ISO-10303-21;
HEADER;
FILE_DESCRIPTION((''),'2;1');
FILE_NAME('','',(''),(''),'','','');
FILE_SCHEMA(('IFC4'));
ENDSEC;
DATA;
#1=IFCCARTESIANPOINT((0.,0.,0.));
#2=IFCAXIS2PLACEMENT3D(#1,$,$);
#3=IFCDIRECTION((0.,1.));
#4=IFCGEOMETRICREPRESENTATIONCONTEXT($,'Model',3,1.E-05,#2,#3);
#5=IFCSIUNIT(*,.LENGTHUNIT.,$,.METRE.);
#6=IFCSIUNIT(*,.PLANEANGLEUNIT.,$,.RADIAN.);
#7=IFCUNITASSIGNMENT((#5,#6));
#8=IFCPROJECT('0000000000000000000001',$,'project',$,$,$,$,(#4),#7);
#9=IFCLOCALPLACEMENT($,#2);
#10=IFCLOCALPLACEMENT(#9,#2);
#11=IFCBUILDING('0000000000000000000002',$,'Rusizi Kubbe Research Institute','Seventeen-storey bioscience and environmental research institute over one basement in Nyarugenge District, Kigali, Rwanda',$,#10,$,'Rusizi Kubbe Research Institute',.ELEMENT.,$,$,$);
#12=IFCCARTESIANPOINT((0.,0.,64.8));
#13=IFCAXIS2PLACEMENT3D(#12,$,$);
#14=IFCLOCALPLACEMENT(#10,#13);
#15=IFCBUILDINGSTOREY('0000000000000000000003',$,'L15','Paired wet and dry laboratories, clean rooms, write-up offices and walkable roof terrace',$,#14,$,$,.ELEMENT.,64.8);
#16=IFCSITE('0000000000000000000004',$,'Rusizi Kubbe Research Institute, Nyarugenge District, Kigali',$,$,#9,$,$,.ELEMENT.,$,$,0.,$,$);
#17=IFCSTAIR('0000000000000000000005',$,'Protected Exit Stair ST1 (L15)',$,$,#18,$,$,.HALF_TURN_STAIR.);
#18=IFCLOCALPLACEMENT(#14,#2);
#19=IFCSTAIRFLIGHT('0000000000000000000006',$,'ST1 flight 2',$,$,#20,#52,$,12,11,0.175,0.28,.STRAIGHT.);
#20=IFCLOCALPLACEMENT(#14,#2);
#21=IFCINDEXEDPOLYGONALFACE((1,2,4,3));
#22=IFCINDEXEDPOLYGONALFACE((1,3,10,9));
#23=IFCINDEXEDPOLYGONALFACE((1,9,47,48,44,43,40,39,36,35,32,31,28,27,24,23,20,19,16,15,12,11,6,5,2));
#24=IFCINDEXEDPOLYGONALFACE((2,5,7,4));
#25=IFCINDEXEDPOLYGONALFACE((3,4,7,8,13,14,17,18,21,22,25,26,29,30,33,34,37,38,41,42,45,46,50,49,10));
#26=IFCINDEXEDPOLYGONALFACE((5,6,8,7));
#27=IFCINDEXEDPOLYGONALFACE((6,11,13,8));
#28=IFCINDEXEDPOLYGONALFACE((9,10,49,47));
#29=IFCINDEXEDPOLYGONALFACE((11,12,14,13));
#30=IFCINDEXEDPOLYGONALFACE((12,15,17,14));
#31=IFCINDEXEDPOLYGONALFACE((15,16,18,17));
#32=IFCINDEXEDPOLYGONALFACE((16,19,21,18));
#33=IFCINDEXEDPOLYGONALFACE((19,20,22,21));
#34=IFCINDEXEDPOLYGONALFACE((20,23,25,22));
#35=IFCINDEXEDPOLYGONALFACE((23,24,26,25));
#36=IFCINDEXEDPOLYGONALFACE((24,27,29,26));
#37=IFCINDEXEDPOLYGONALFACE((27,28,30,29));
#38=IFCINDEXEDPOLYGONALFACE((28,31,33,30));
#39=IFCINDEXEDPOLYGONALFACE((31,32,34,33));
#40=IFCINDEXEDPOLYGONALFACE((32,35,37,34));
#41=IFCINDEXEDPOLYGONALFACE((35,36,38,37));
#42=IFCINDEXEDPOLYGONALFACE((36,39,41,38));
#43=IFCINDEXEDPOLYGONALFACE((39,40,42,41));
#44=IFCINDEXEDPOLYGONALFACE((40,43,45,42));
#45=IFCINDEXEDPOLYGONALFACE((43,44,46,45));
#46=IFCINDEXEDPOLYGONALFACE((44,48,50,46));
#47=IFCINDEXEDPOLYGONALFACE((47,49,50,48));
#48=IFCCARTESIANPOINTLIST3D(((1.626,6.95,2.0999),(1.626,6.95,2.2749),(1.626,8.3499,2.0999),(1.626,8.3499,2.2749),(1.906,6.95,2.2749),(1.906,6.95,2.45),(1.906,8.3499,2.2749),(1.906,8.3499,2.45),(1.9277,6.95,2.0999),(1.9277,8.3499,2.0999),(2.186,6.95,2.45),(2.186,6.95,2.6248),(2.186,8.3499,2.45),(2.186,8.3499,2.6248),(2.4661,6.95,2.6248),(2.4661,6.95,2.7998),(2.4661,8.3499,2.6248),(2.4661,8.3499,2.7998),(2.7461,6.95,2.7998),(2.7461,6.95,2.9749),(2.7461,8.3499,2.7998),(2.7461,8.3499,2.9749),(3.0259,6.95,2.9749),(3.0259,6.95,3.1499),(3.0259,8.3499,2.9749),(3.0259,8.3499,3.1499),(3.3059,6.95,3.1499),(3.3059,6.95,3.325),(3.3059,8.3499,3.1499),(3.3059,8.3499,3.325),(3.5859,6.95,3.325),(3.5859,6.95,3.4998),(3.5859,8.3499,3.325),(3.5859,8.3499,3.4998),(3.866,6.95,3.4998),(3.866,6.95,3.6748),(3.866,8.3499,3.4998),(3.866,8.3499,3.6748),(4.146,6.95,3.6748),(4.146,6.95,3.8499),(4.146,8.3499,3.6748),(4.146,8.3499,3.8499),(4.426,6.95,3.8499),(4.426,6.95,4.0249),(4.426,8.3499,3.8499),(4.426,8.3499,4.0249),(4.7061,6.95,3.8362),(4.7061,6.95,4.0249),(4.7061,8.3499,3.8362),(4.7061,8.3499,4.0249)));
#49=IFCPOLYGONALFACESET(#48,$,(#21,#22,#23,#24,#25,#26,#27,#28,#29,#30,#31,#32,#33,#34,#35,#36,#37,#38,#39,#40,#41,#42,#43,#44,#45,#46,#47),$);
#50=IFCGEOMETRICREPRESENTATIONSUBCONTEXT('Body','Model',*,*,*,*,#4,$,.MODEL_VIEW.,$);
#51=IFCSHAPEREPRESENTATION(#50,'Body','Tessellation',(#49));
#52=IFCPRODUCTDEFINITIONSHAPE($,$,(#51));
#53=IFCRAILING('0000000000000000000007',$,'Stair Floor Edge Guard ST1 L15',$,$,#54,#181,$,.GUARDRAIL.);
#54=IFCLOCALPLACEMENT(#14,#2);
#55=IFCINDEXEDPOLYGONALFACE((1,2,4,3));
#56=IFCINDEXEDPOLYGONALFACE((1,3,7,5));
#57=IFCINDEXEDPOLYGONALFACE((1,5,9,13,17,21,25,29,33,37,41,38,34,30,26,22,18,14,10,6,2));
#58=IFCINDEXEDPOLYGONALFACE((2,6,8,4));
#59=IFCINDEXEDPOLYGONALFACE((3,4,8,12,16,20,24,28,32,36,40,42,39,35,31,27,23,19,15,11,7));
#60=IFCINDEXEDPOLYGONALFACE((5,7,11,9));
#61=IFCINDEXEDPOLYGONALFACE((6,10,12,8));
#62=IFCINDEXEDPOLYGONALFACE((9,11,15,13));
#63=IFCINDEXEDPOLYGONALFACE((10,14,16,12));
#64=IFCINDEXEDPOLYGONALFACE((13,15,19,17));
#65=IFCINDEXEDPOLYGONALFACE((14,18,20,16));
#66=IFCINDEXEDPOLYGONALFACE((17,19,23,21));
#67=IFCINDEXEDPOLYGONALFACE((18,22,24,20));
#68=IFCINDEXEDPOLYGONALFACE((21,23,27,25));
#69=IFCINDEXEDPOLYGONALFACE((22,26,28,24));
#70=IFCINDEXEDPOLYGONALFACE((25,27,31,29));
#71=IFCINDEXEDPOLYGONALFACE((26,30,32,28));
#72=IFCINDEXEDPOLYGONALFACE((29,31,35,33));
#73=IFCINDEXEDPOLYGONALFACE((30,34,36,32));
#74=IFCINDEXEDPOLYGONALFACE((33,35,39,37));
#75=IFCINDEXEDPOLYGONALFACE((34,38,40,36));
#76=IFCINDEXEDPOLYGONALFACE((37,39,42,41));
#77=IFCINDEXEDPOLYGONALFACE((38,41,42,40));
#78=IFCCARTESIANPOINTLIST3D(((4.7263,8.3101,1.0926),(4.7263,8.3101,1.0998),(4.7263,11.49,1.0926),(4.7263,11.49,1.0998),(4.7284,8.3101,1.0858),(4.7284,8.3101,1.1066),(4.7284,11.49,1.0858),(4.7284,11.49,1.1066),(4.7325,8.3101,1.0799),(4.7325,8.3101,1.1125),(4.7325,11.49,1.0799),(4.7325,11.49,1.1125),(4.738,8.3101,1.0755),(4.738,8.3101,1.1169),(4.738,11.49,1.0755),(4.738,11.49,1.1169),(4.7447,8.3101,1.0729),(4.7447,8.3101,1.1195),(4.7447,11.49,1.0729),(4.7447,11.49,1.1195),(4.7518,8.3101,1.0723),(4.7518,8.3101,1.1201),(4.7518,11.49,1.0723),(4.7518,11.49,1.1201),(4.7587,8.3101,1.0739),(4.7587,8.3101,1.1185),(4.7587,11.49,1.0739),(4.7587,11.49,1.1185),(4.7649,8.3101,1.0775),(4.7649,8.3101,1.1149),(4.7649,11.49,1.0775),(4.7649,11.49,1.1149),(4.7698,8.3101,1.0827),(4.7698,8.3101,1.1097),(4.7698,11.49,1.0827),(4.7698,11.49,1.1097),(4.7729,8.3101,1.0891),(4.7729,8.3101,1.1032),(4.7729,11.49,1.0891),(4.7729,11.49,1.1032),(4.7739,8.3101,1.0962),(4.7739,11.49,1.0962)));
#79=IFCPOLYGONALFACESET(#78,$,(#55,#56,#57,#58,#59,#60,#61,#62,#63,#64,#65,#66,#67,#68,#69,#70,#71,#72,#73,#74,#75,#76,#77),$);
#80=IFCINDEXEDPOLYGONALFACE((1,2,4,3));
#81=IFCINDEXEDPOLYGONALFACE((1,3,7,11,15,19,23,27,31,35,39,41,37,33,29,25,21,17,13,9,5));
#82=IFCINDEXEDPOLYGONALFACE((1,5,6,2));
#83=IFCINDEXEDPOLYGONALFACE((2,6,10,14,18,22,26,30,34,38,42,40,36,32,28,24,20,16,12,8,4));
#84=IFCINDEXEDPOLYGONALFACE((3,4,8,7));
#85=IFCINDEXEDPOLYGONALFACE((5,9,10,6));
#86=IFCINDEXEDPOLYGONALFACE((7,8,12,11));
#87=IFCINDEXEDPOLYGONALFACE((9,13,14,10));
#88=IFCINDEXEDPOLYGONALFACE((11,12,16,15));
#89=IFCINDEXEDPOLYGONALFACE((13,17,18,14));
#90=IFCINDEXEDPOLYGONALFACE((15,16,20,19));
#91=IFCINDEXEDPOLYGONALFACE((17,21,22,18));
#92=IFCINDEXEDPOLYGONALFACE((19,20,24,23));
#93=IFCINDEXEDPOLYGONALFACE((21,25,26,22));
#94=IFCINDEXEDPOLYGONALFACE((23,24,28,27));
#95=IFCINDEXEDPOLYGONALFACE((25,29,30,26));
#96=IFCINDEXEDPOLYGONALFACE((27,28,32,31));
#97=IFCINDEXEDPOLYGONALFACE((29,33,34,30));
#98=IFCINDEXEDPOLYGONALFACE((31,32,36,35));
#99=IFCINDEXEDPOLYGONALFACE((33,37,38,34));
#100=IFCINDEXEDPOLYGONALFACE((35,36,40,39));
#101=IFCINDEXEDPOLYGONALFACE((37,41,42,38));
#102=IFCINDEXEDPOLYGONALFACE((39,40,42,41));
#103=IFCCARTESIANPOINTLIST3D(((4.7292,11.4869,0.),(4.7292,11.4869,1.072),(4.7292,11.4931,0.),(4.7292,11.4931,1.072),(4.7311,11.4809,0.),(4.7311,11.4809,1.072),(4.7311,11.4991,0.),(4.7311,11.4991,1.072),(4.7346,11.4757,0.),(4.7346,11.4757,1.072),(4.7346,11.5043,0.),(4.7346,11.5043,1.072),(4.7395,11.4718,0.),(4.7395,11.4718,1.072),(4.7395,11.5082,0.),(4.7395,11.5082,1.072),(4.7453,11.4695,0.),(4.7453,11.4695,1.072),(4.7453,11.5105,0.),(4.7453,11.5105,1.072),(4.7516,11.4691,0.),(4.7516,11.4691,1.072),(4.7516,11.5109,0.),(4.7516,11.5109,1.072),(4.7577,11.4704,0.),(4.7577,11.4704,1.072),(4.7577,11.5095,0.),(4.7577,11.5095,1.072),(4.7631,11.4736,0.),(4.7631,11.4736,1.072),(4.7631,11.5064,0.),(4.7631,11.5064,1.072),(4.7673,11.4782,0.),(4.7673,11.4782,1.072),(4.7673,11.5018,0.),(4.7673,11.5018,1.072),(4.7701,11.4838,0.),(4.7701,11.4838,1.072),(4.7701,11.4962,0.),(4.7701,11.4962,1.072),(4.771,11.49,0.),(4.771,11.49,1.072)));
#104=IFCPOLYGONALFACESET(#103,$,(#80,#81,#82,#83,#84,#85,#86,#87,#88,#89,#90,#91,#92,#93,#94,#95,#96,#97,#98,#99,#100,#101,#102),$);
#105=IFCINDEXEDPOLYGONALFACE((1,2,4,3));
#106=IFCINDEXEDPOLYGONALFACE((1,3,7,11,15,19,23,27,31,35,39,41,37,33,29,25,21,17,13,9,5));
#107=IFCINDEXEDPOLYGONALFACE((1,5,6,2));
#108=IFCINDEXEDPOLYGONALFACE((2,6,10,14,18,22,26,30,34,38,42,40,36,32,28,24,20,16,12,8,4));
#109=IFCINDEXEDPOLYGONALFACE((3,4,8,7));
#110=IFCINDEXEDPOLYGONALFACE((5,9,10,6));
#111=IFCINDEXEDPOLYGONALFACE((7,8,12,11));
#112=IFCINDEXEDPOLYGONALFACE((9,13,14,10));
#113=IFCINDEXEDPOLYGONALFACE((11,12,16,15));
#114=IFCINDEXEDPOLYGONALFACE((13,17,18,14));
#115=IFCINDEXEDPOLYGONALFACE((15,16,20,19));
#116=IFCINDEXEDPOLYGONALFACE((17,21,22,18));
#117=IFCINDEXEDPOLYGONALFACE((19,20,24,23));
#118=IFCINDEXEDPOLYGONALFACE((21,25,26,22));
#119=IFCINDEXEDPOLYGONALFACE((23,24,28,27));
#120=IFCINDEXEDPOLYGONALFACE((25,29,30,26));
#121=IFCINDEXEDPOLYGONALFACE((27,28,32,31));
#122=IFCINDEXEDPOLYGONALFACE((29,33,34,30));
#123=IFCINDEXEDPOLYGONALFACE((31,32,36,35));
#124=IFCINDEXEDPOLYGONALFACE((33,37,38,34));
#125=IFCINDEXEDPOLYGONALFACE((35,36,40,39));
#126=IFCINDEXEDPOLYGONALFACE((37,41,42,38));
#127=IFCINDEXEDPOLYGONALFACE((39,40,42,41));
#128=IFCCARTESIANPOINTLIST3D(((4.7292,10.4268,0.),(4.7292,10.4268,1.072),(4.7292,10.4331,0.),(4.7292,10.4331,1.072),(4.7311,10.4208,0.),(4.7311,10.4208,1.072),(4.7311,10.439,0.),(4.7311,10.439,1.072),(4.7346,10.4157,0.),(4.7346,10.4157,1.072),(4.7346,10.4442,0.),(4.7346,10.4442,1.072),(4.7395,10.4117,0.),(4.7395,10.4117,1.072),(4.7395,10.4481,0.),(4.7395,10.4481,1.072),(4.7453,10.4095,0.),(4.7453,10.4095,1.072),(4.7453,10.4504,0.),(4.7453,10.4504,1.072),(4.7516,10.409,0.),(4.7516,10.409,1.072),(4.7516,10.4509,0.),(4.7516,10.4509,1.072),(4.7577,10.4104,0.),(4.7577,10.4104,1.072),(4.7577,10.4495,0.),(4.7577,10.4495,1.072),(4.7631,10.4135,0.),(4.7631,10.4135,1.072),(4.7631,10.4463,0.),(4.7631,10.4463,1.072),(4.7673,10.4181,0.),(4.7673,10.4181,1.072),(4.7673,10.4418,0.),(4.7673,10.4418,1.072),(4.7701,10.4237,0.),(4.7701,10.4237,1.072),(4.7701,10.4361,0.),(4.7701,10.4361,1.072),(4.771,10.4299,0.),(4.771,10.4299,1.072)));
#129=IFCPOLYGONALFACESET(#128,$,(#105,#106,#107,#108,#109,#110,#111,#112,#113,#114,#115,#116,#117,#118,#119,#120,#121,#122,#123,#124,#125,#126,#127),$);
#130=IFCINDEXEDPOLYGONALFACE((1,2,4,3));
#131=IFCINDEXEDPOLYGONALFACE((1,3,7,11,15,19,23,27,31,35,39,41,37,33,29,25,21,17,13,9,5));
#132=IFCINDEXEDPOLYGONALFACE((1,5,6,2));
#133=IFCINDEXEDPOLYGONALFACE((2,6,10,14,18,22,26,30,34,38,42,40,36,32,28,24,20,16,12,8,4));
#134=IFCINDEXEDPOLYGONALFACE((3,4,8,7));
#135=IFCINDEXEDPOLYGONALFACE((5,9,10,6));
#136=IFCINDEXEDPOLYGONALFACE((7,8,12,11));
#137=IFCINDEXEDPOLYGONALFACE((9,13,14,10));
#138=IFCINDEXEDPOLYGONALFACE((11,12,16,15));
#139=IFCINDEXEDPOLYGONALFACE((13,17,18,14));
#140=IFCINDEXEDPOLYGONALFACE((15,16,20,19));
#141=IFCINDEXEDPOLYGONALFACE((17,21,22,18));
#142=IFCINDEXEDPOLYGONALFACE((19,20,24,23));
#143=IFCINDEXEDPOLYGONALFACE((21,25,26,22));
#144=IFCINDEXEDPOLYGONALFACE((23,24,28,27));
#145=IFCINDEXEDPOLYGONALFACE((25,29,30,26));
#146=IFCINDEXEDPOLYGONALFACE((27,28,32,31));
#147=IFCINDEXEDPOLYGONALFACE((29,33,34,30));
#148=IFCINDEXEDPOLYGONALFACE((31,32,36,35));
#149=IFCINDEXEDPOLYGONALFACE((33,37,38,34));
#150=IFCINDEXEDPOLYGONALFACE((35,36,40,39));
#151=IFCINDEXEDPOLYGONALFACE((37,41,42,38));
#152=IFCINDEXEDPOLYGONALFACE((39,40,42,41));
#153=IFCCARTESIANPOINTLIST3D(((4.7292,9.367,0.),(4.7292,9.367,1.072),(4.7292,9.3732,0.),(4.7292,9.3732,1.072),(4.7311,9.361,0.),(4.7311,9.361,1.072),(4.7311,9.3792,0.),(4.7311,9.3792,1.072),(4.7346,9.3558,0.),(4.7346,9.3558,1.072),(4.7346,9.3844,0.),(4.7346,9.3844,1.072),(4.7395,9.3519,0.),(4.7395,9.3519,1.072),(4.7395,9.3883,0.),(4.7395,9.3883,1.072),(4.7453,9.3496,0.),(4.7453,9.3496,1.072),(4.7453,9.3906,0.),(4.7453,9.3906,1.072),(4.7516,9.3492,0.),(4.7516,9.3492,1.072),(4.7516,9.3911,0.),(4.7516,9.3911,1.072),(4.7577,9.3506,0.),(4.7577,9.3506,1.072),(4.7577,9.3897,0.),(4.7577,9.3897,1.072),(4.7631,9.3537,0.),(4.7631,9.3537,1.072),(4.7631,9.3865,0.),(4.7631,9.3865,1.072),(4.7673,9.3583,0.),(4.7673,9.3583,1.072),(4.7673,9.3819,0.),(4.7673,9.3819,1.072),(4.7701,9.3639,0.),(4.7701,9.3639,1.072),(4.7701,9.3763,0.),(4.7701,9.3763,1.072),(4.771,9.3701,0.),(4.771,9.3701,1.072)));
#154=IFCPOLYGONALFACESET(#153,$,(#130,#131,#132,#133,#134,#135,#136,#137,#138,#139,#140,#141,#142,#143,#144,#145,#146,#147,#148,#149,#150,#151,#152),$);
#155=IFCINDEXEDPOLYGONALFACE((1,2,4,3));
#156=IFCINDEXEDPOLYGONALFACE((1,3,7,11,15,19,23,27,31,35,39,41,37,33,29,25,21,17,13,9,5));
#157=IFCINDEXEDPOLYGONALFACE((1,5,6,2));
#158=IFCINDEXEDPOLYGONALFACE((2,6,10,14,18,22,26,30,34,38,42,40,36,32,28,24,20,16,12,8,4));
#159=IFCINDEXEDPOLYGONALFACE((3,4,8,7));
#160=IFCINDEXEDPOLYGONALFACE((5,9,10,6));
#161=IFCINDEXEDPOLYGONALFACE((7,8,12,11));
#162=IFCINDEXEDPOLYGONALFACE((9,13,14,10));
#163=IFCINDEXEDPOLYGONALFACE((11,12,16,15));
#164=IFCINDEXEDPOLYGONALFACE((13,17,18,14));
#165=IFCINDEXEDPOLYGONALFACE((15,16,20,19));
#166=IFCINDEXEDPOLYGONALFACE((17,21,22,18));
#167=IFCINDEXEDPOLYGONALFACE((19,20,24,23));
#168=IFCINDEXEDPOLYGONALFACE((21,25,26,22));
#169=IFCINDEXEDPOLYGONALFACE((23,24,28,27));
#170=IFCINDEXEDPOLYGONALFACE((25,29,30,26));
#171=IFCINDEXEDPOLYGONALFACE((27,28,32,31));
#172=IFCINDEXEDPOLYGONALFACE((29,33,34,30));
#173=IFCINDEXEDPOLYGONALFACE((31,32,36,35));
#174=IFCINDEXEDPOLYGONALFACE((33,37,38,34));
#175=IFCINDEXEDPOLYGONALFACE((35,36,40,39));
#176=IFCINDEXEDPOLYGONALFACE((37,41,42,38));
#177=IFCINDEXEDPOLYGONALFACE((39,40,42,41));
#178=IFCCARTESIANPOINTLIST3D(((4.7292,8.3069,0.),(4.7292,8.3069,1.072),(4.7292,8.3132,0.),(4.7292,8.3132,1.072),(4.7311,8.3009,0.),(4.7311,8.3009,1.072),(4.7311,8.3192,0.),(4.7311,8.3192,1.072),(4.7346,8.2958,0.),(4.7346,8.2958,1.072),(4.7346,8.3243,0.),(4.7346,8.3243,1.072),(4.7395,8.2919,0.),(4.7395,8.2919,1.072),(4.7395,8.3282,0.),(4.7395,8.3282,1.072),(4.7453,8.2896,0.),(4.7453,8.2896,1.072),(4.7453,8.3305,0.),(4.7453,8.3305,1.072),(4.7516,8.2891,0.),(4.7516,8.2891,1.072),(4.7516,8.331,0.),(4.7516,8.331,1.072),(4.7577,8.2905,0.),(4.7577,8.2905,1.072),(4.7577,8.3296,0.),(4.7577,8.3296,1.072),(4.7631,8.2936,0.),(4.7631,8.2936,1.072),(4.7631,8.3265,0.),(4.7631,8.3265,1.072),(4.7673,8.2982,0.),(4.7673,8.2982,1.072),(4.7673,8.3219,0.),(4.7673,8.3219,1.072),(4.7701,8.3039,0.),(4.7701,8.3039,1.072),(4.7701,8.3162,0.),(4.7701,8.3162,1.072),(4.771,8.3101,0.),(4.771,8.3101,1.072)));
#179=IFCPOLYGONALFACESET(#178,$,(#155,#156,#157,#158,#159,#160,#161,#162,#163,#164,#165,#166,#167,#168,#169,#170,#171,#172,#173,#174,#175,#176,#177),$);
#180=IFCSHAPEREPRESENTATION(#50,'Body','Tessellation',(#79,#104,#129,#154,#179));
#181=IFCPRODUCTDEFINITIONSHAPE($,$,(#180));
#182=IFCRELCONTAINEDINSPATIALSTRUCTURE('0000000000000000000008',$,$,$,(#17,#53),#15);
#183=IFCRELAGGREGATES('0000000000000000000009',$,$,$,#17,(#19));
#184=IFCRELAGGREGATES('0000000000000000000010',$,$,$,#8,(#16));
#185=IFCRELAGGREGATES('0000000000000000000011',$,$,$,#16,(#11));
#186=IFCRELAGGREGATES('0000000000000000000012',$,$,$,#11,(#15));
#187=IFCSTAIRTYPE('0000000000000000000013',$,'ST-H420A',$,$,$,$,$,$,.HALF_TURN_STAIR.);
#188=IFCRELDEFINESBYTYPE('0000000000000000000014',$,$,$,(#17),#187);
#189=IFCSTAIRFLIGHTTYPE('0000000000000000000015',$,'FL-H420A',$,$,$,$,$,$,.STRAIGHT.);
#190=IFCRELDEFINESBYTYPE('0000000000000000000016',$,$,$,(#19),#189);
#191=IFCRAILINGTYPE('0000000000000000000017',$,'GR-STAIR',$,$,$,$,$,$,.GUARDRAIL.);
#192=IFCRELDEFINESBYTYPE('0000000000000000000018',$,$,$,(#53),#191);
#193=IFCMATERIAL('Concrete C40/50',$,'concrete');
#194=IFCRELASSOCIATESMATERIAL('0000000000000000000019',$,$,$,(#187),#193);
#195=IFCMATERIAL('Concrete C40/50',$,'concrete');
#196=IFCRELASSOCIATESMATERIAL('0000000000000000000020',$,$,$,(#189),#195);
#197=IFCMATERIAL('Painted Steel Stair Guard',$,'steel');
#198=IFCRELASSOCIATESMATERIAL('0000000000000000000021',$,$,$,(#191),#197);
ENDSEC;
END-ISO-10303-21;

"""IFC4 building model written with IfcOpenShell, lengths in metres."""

from ifc_helpers import new_model, si_unit, direction, frame, origin, origin_2d, place, context, subcontext, project, spatial, polyline, circle, outline, extrude, material, type_object, element, aggregate, save


model = new_model("IFC4")

# Units and contexts
model_context = context("Model", 3, precision=1e-05, world=origin(), true_north=direction((0.0, 1.0)))
body_context = subcontext(model_context, "Body", "Model", "MODEL_VIEW")
ifc_project = project(units=[si_unit("LENGTHUNIT", "METRE"), si_unit("PLANEANGLEUNIT", "RADIAN")], contexts=[model_context])

# Site, building, storey
site_placement = place(None, origin())
site = spatial("IfcSite", under=ifc_project, at=site_placement, Name="Rusizi Kubbe Research Institute, Nyarugenge District, Kigali", CompositionType="ELEMENT", RefElevation=0.0)
building_placement = place(site_placement, origin())
building = spatial("IfcBuilding", under=site, at=building_placement, Name="Rusizi Kubbe Research Institute", Description="Seventeen-storey bioscience and environmental research institute over one basement in Nyarugenge District, Kigali, Rwanda", LongName="Rusizi Kubbe Research Institute", CompositionType="ELEMENT")
storey_placement = place(building_placement, frame((0.0, 0.0, 64.8)))
storey = spatial("IfcBuildingStorey", under=building, at=storey_placement, Name="L15", Description="Paired wet and dry laboratories, clean rooms, write-up offices and walkable roof terrace", CompositionType="ELEMENT", Elevation=64.8)

# Stair, stair flight
ifc_material_1 = material(Name="Concrete C40/50", Category="concrete")
stair_type = type_object("IfcStairType", Name="ST-H420A", PredefinedType="HALF_TURN_STAIR", material=ifc_material_1)
stair_placement = place(storey_placement, origin())
stair = element("IfcStair", 1, at=stair_placement, inside=storey, type_object=stair_type, Name="Protected Exit Stair ST1 (L15)", PredefinedType="HALF_TURN_STAIR")
ifc_material_2 = material(Name="Concrete C40/50", Category="concrete")
stair_flight_type = type_object("IfcStairFlightType", Name="FL-H420A", PredefinedType="STRAIGHT", material=ifc_material_2)
stair_flight_1_placement = place(storey_placement, frame((1.626, 7.6499, 2.0999), z_axis=(0.0, 0.0, 1.0), x_axis=(1.0, 0.0, 0.0)))
stair_flight_1 = element("IfcStairFlight", 2, at=stair_flight_1_placement, type_object=stair_flight_type, Name="ST1 flight 2", NumberOfRisers=12, NumberOfTreads=11, PredefinedType="STRAIGHT", RiserHeight=0.175, TreadLength=0.28, context=body_context, shape_type="SweptSolid", body=[
    extrude(outline(polyline([(0.0, 0.0), (0.0, 0.175), (0.28, 0.175), (0.28, 0.3501), (0.5601, 0.3501), (0.5601, 0.5249), (0.8401, 0.5249), (0.8401, 0.7), (1.1201, 0.7), (1.1201, 0.875), (1.3999, 0.875), (1.3999, 1.05), (1.6799, 1.05), (1.6799, 1.2251), (1.96, 1.2251), (1.96, 1.3999), (2.24, 1.3999), (2.24, 1.575), (2.52, 1.575), (2.52, 1.75), (2.8, 1.75), (2.8, 1.925), (3.0801, 1.925), (3.0801, 2.1001), (3.0801, 1.7363), (0.3018, 0.0), (0.0, 0.0)])), frame((0.0, 0.7, 0.0), z_axis=(0.0, -1.0, 0.0), x_axis=(1.0, 0.0, 0.0)), (0.0, 0.0, 1.0), 1.3999),
])
aggregate(stair, [stair_flight_1])

# Railing
ifc_material_3 = material(Name="Painted Steel Stair Guard", Category="steel")
railing_type_1 = type_object("IfcRailingType", Name="GR-STAIR", PredefinedType="GUARDRAIL", material=ifc_material_3)
railing_1_placement = place(storey_placement, frame((4.75, 11.49, 0.0)))
element("IfcRailing", 3, at=railing_1_placement, inside=storey, type_object=railing_type_1, Name="Stair Floor Edge Guard ST1 L15", PredefinedType="GUARDRAIL", context=body_context, shape_type="SweptSolid", body=[
    extrude(circle(Radius=0.0239, at=origin_2d()), frame((0.0, 0.0, 1.0962), z_axis=(0.0, -1.0, 0.0), x_axis=(1.0, 0.0, 0.0)), (0.0, 0.0, 1.0), 3.1799),
    extrude(circle(Radius=0.021, at=origin_2d()), origin(), (0.0, 0.0, 1.0), 1.072),
    extrude(circle(Radius=0.021, at=origin_2d()), frame((0.0, -1.0601, 0.0)), (0.0, 0.0, 1.0), 1.072),
    extrude(circle(Radius=0.021, at=origin_2d()), frame((0.0, -2.1199, 0.0)), (0.0, 0.0, 1.0), 1.072),
    extrude(circle(Radius=0.021, at=origin_2d()), frame((0.0, -3.1799, 0.0)), (0.0, 0.0, 1.0), 1.072),
])

save(model, "model.ifc")
